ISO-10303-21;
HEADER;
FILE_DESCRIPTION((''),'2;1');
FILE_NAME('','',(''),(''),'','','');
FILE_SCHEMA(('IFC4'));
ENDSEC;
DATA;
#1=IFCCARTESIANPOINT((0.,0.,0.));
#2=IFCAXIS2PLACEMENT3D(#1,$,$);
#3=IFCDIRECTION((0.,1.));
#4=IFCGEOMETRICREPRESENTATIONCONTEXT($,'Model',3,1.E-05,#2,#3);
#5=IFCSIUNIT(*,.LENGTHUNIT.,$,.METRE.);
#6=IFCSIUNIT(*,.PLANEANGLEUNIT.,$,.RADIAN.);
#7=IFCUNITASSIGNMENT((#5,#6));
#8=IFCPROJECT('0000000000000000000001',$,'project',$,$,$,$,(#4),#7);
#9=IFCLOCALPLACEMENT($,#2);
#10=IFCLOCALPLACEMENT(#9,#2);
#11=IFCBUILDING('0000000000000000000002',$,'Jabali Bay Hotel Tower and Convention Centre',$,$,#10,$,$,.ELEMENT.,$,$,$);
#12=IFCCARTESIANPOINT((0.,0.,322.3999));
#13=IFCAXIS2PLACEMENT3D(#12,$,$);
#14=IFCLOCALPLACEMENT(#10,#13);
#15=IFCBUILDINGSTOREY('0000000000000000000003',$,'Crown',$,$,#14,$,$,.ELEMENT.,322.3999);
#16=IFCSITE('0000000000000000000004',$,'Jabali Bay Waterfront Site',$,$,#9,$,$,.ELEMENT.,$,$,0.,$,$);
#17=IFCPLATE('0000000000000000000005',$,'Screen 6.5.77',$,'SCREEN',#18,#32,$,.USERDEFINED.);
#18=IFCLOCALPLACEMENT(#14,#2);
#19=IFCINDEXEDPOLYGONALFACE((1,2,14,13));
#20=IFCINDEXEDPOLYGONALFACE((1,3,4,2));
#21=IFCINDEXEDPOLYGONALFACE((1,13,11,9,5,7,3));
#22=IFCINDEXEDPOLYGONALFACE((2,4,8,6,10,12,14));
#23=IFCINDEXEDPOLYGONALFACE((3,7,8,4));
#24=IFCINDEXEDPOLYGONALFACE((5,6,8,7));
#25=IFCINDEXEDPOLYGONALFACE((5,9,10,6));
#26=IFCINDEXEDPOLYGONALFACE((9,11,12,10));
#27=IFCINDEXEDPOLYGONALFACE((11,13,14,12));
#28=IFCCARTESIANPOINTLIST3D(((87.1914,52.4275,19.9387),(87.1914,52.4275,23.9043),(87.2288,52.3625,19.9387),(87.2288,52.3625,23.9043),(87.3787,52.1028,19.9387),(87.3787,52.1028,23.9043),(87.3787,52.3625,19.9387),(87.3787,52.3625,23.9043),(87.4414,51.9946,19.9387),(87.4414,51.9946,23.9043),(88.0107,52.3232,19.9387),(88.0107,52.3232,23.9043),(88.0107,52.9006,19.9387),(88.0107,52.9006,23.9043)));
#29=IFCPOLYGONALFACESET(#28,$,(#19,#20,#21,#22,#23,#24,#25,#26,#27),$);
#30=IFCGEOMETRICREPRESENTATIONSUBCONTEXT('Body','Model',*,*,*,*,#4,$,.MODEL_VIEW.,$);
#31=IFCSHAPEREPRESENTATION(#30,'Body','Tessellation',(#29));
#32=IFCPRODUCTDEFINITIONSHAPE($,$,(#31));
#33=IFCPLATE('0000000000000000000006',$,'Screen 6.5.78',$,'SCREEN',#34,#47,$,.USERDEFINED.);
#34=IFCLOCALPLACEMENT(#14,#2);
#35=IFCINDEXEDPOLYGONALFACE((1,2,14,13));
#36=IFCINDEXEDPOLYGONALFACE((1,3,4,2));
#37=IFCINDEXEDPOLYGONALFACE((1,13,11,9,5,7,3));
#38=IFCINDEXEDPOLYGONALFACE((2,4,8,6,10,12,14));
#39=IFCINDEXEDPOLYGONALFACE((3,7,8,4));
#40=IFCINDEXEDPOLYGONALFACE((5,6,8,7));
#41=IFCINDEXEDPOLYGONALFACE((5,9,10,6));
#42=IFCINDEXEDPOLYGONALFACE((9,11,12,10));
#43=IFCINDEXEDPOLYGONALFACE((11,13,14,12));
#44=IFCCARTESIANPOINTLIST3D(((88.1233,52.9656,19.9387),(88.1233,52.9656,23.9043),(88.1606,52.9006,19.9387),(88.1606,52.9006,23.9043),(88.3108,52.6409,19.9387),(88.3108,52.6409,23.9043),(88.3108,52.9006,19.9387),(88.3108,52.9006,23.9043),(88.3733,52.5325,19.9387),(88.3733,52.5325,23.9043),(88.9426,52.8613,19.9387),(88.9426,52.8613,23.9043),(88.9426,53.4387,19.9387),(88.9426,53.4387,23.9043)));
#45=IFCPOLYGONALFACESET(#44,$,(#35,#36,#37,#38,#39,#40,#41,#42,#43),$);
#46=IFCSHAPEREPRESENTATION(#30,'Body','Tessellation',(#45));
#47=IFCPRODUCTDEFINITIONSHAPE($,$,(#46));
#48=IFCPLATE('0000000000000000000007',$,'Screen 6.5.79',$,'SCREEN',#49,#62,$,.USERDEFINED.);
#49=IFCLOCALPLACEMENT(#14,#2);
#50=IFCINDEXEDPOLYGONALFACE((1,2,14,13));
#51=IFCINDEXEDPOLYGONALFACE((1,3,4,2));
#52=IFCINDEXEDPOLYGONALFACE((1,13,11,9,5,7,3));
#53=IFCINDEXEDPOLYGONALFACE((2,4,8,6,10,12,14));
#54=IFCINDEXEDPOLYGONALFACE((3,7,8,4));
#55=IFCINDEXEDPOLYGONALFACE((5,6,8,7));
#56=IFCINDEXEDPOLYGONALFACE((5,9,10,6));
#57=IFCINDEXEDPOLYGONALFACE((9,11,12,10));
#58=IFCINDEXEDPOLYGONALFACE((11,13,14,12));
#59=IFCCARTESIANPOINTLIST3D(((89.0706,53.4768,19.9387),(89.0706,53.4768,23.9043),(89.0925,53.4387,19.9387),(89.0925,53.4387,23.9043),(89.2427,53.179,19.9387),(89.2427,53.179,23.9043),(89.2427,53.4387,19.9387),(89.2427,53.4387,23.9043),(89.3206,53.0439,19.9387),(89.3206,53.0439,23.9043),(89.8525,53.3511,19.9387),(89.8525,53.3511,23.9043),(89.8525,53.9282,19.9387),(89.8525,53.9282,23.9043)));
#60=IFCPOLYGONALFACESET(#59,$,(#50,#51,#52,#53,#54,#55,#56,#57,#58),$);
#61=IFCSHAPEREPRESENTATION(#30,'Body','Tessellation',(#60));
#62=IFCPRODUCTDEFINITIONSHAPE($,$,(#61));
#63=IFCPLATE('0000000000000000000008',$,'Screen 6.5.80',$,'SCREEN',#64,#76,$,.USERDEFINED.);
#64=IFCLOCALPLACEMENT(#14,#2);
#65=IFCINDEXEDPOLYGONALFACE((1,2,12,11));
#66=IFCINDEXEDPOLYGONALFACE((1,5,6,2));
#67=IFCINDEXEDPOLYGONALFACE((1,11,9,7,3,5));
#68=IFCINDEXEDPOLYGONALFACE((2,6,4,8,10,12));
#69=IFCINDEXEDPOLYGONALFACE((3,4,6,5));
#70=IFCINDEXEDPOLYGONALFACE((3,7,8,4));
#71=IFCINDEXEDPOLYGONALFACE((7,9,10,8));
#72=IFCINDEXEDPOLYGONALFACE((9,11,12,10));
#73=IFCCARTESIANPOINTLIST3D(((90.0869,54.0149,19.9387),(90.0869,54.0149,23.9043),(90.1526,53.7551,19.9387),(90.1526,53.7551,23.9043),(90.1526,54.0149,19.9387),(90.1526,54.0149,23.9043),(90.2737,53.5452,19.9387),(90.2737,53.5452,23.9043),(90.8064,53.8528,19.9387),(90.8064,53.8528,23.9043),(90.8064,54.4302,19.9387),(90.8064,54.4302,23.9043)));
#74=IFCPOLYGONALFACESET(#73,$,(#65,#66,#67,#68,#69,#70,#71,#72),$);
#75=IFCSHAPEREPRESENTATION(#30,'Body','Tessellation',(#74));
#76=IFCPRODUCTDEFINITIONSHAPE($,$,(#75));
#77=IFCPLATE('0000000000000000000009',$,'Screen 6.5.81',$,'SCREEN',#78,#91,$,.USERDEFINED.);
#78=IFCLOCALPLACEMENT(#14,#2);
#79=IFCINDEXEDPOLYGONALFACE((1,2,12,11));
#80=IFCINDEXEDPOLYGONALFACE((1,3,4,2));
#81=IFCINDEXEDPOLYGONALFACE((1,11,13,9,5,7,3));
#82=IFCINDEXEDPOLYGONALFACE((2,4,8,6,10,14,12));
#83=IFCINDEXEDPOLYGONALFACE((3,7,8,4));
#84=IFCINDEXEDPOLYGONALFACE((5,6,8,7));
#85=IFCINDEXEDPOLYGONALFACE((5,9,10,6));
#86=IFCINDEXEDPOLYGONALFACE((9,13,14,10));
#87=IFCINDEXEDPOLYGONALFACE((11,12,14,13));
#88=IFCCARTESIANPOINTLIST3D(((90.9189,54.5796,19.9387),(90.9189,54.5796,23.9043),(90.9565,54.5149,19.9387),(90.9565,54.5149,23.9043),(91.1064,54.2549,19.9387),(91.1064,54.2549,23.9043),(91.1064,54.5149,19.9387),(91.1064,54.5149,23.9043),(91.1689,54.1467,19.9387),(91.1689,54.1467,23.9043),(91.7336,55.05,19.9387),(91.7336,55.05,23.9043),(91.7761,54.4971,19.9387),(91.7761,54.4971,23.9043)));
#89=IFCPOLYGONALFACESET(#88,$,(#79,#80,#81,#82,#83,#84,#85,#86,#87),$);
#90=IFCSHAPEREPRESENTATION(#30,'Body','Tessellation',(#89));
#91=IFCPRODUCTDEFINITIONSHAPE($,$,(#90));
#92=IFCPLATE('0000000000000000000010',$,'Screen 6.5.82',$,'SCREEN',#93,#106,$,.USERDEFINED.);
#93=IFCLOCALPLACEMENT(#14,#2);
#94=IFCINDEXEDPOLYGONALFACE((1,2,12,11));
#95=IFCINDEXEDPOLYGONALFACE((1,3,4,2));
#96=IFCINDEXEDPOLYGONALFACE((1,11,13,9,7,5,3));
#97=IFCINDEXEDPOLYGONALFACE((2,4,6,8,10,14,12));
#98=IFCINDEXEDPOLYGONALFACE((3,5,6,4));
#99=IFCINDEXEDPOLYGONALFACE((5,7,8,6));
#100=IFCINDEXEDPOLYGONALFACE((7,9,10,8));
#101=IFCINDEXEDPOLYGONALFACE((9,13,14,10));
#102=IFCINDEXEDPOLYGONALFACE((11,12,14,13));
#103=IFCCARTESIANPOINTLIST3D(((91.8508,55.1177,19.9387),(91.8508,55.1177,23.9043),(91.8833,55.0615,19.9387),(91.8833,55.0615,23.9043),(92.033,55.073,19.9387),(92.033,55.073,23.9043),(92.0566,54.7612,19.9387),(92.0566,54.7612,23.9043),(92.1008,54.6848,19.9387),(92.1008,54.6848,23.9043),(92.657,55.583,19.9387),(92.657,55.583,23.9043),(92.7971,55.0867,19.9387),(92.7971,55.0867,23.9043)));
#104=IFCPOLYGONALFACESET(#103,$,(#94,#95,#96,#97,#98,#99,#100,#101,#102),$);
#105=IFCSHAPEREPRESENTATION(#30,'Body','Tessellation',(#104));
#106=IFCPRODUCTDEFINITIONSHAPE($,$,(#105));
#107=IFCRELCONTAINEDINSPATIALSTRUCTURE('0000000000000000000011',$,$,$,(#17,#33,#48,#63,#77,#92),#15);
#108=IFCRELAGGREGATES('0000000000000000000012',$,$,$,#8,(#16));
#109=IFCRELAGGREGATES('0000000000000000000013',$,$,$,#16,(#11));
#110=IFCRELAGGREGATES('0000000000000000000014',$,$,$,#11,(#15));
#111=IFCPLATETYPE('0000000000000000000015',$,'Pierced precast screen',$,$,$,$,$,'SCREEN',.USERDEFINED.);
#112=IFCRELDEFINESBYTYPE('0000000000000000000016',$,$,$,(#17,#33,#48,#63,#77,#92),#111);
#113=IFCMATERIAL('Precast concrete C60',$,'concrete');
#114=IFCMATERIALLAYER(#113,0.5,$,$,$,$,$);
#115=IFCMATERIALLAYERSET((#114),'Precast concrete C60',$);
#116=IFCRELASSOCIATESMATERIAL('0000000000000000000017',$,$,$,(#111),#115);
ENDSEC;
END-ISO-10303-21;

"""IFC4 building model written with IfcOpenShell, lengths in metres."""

from ifc_helpers import new_model, si_unit, direction, frame, origin, place, context, subcontext, project, spatial, polyline, outline, extrude, material, layer, layer_set, type_object, element, save


model = new_model("IFC4")

# Units and contexts
model_context = context("Model", 3, precision=1e-05, world=origin(), true_north=direction((0.0, 1.0)))
body_context = subcontext(model_context, "Body", "Model", "MODEL_VIEW")
ifc_project = project(units=[si_unit("LENGTHUNIT", "METRE"), si_unit("PLANEANGLEUNIT", "RADIAN")], contexts=[model_context])

# Site, building, storey
site_placement = place(None, origin())
site = spatial("IfcSite", under=ifc_project, at=site_placement, Name="Jabali Bay Waterfront Site", CompositionType="ELEMENT", RefElevation=0.0)
building_placement = place(site_placement, origin())
building = spatial("IfcBuilding", under=site, at=building_placement, Name="Jabali Bay Hotel Tower and Convention Centre", CompositionType="ELEMENT")
storey_placement = place(building_placement, frame((0.0, 0.0, 322.3999)))
storey = spatial("IfcBuildingStorey", under=building, at=storey_placement, Name="Crown", CompositionType="ELEMENT", Elevation=322.3999)

# Plates
ifc_material = material(Name="Precast concrete C60", Category="concrete")
ifc_layer = layer(ifc_material, 0.5)
ifc_layer_set = layer_set([ifc_layer], Name="Precast concrete C60")
plate_type = type_object("IfcPlateType", Name="Pierced precast screen", ElementType="SCREEN", PredefinedType="USERDEFINED", material=ifc_layer_set)
plate_1_placement = place(storey_placement, frame((0.0, 0.0, 19.9387)))
element("IfcPlate", 1, at=plate_1_placement, inside=storey, type_object=plate_type, Name="Screen 6.5.77", ObjectType="SCREEN", PredefinedType="USERDEFINED", context=body_context, shape_type="SweptSolid", body=[
    extrude(outline(polyline([(88.0107, 52.9006), (87.1914, 52.4275), (87.2288, 52.3625), (87.3787, 52.3625), (87.3787, 52.1028), (87.4414, 51.9946), (88.0107, 52.3232), (88.0107, 52.9006)])), origin(), (0.0, 0.0, 1.0), 3.9656),
])
plate_2_placement = place(storey_placement, frame((0.0, 0.0, 19.9387)))
element("IfcPlate", 2, at=plate_2_placement, inside=storey, type_object=plate_type, Name="Screen 6.5.78", ObjectType="SCREEN", PredefinedType="USERDEFINED", context=body_context, shape_type="SweptSolid", body=[
    extrude(outline(polyline([(88.9426, 53.4387), (88.1233, 52.9656), (88.1606, 52.9006), (88.3108, 52.9006), (88.3108, 52.6409), (88.3733, 52.5325), (88.9426, 52.8613), (88.9426, 53.4387)])), origin(), (0.0, 0.0, 1.0), 3.9656),
])
plate_3_placement = place(storey_placement, frame((0.0, 0.0, 19.9387)))
element("IfcPlate", 3, at=plate_3_placement, inside=storey, type_object=plate_type, Name="Screen 6.5.79", ObjectType="SCREEN", PredefinedType="USERDEFINED", context=body_context, shape_type="SweptSolid", body=[
    extrude(outline(polyline([(89.8525, 53.9282), (89.0706, 53.4768), (89.0925, 53.4387), (89.2427, 53.4387), (89.2427, 53.179), (89.3206, 53.0439), (89.8525, 53.3511), (89.8525, 53.9282)])), origin(), (0.0, 0.0, 1.0), 3.9656),
])
plate_4_placement = place(storey_placement, frame((0.0, 0.0, 19.9387)))
element("IfcPlate", 4, at=plate_4_placement, inside=storey, type_object=plate_type, Name="Screen 6.5.80", ObjectType="SCREEN", PredefinedType="USERDEFINED", context=body_context, shape_type="SweptSolid", body=[
    extrude(outline(polyline([(90.8064, 54.4302), (90.0869, 54.0149), (90.1526, 54.0149), (90.1526, 53.7551), (90.2737, 53.5452), (90.8064, 53.8528), (90.8064, 54.4302)])), origin(), (0.0, 0.0, 1.0), 3.9656),
])
plate_5_placement = place(storey_placement, frame((0.0, 0.0, 19.9387)))
element("IfcPlate", 5, at=plate_5_placement, inside=storey, type_object=plate_type, Name="Screen 6.5.81", ObjectType="SCREEN", PredefinedType="USERDEFINED", context=body_context, shape_type="SweptSolid", body=[
    extrude(outline(polyline([(91.7336, 55.05), (90.9189, 54.5796), (90.9565, 54.5149), (91.1064, 54.5149), (91.1064, 54.2549), (91.1689, 54.1467), (91.7761, 54.4971), (91.7336, 55.05)])), origin(), (0.0, 0.0, 1.0), 3.9656),
])
plate_6_placement = place(storey_placement, frame((0.0, 0.0, 19.9387)))
element("IfcPlate", 6, at=plate_6_placement, inside=storey, type_object=plate_type, Name="Screen 6.5.82", ObjectType="SCREEN", PredefinedType="USERDEFINED", context=body_context, shape_type="SweptSolid", body=[
    extrude(outline(polyline([(92.657, 55.583), (91.8508, 55.1177), (91.8833, 55.0615), (92.033, 55.073), (92.0566, 54.7612), (92.1008, 54.6848), (92.7971, 55.0867), (92.657, 55.583)])), origin(), (0.0, 0.0, 1.0), 3.9656),
])

save(model, "model.ifc")
